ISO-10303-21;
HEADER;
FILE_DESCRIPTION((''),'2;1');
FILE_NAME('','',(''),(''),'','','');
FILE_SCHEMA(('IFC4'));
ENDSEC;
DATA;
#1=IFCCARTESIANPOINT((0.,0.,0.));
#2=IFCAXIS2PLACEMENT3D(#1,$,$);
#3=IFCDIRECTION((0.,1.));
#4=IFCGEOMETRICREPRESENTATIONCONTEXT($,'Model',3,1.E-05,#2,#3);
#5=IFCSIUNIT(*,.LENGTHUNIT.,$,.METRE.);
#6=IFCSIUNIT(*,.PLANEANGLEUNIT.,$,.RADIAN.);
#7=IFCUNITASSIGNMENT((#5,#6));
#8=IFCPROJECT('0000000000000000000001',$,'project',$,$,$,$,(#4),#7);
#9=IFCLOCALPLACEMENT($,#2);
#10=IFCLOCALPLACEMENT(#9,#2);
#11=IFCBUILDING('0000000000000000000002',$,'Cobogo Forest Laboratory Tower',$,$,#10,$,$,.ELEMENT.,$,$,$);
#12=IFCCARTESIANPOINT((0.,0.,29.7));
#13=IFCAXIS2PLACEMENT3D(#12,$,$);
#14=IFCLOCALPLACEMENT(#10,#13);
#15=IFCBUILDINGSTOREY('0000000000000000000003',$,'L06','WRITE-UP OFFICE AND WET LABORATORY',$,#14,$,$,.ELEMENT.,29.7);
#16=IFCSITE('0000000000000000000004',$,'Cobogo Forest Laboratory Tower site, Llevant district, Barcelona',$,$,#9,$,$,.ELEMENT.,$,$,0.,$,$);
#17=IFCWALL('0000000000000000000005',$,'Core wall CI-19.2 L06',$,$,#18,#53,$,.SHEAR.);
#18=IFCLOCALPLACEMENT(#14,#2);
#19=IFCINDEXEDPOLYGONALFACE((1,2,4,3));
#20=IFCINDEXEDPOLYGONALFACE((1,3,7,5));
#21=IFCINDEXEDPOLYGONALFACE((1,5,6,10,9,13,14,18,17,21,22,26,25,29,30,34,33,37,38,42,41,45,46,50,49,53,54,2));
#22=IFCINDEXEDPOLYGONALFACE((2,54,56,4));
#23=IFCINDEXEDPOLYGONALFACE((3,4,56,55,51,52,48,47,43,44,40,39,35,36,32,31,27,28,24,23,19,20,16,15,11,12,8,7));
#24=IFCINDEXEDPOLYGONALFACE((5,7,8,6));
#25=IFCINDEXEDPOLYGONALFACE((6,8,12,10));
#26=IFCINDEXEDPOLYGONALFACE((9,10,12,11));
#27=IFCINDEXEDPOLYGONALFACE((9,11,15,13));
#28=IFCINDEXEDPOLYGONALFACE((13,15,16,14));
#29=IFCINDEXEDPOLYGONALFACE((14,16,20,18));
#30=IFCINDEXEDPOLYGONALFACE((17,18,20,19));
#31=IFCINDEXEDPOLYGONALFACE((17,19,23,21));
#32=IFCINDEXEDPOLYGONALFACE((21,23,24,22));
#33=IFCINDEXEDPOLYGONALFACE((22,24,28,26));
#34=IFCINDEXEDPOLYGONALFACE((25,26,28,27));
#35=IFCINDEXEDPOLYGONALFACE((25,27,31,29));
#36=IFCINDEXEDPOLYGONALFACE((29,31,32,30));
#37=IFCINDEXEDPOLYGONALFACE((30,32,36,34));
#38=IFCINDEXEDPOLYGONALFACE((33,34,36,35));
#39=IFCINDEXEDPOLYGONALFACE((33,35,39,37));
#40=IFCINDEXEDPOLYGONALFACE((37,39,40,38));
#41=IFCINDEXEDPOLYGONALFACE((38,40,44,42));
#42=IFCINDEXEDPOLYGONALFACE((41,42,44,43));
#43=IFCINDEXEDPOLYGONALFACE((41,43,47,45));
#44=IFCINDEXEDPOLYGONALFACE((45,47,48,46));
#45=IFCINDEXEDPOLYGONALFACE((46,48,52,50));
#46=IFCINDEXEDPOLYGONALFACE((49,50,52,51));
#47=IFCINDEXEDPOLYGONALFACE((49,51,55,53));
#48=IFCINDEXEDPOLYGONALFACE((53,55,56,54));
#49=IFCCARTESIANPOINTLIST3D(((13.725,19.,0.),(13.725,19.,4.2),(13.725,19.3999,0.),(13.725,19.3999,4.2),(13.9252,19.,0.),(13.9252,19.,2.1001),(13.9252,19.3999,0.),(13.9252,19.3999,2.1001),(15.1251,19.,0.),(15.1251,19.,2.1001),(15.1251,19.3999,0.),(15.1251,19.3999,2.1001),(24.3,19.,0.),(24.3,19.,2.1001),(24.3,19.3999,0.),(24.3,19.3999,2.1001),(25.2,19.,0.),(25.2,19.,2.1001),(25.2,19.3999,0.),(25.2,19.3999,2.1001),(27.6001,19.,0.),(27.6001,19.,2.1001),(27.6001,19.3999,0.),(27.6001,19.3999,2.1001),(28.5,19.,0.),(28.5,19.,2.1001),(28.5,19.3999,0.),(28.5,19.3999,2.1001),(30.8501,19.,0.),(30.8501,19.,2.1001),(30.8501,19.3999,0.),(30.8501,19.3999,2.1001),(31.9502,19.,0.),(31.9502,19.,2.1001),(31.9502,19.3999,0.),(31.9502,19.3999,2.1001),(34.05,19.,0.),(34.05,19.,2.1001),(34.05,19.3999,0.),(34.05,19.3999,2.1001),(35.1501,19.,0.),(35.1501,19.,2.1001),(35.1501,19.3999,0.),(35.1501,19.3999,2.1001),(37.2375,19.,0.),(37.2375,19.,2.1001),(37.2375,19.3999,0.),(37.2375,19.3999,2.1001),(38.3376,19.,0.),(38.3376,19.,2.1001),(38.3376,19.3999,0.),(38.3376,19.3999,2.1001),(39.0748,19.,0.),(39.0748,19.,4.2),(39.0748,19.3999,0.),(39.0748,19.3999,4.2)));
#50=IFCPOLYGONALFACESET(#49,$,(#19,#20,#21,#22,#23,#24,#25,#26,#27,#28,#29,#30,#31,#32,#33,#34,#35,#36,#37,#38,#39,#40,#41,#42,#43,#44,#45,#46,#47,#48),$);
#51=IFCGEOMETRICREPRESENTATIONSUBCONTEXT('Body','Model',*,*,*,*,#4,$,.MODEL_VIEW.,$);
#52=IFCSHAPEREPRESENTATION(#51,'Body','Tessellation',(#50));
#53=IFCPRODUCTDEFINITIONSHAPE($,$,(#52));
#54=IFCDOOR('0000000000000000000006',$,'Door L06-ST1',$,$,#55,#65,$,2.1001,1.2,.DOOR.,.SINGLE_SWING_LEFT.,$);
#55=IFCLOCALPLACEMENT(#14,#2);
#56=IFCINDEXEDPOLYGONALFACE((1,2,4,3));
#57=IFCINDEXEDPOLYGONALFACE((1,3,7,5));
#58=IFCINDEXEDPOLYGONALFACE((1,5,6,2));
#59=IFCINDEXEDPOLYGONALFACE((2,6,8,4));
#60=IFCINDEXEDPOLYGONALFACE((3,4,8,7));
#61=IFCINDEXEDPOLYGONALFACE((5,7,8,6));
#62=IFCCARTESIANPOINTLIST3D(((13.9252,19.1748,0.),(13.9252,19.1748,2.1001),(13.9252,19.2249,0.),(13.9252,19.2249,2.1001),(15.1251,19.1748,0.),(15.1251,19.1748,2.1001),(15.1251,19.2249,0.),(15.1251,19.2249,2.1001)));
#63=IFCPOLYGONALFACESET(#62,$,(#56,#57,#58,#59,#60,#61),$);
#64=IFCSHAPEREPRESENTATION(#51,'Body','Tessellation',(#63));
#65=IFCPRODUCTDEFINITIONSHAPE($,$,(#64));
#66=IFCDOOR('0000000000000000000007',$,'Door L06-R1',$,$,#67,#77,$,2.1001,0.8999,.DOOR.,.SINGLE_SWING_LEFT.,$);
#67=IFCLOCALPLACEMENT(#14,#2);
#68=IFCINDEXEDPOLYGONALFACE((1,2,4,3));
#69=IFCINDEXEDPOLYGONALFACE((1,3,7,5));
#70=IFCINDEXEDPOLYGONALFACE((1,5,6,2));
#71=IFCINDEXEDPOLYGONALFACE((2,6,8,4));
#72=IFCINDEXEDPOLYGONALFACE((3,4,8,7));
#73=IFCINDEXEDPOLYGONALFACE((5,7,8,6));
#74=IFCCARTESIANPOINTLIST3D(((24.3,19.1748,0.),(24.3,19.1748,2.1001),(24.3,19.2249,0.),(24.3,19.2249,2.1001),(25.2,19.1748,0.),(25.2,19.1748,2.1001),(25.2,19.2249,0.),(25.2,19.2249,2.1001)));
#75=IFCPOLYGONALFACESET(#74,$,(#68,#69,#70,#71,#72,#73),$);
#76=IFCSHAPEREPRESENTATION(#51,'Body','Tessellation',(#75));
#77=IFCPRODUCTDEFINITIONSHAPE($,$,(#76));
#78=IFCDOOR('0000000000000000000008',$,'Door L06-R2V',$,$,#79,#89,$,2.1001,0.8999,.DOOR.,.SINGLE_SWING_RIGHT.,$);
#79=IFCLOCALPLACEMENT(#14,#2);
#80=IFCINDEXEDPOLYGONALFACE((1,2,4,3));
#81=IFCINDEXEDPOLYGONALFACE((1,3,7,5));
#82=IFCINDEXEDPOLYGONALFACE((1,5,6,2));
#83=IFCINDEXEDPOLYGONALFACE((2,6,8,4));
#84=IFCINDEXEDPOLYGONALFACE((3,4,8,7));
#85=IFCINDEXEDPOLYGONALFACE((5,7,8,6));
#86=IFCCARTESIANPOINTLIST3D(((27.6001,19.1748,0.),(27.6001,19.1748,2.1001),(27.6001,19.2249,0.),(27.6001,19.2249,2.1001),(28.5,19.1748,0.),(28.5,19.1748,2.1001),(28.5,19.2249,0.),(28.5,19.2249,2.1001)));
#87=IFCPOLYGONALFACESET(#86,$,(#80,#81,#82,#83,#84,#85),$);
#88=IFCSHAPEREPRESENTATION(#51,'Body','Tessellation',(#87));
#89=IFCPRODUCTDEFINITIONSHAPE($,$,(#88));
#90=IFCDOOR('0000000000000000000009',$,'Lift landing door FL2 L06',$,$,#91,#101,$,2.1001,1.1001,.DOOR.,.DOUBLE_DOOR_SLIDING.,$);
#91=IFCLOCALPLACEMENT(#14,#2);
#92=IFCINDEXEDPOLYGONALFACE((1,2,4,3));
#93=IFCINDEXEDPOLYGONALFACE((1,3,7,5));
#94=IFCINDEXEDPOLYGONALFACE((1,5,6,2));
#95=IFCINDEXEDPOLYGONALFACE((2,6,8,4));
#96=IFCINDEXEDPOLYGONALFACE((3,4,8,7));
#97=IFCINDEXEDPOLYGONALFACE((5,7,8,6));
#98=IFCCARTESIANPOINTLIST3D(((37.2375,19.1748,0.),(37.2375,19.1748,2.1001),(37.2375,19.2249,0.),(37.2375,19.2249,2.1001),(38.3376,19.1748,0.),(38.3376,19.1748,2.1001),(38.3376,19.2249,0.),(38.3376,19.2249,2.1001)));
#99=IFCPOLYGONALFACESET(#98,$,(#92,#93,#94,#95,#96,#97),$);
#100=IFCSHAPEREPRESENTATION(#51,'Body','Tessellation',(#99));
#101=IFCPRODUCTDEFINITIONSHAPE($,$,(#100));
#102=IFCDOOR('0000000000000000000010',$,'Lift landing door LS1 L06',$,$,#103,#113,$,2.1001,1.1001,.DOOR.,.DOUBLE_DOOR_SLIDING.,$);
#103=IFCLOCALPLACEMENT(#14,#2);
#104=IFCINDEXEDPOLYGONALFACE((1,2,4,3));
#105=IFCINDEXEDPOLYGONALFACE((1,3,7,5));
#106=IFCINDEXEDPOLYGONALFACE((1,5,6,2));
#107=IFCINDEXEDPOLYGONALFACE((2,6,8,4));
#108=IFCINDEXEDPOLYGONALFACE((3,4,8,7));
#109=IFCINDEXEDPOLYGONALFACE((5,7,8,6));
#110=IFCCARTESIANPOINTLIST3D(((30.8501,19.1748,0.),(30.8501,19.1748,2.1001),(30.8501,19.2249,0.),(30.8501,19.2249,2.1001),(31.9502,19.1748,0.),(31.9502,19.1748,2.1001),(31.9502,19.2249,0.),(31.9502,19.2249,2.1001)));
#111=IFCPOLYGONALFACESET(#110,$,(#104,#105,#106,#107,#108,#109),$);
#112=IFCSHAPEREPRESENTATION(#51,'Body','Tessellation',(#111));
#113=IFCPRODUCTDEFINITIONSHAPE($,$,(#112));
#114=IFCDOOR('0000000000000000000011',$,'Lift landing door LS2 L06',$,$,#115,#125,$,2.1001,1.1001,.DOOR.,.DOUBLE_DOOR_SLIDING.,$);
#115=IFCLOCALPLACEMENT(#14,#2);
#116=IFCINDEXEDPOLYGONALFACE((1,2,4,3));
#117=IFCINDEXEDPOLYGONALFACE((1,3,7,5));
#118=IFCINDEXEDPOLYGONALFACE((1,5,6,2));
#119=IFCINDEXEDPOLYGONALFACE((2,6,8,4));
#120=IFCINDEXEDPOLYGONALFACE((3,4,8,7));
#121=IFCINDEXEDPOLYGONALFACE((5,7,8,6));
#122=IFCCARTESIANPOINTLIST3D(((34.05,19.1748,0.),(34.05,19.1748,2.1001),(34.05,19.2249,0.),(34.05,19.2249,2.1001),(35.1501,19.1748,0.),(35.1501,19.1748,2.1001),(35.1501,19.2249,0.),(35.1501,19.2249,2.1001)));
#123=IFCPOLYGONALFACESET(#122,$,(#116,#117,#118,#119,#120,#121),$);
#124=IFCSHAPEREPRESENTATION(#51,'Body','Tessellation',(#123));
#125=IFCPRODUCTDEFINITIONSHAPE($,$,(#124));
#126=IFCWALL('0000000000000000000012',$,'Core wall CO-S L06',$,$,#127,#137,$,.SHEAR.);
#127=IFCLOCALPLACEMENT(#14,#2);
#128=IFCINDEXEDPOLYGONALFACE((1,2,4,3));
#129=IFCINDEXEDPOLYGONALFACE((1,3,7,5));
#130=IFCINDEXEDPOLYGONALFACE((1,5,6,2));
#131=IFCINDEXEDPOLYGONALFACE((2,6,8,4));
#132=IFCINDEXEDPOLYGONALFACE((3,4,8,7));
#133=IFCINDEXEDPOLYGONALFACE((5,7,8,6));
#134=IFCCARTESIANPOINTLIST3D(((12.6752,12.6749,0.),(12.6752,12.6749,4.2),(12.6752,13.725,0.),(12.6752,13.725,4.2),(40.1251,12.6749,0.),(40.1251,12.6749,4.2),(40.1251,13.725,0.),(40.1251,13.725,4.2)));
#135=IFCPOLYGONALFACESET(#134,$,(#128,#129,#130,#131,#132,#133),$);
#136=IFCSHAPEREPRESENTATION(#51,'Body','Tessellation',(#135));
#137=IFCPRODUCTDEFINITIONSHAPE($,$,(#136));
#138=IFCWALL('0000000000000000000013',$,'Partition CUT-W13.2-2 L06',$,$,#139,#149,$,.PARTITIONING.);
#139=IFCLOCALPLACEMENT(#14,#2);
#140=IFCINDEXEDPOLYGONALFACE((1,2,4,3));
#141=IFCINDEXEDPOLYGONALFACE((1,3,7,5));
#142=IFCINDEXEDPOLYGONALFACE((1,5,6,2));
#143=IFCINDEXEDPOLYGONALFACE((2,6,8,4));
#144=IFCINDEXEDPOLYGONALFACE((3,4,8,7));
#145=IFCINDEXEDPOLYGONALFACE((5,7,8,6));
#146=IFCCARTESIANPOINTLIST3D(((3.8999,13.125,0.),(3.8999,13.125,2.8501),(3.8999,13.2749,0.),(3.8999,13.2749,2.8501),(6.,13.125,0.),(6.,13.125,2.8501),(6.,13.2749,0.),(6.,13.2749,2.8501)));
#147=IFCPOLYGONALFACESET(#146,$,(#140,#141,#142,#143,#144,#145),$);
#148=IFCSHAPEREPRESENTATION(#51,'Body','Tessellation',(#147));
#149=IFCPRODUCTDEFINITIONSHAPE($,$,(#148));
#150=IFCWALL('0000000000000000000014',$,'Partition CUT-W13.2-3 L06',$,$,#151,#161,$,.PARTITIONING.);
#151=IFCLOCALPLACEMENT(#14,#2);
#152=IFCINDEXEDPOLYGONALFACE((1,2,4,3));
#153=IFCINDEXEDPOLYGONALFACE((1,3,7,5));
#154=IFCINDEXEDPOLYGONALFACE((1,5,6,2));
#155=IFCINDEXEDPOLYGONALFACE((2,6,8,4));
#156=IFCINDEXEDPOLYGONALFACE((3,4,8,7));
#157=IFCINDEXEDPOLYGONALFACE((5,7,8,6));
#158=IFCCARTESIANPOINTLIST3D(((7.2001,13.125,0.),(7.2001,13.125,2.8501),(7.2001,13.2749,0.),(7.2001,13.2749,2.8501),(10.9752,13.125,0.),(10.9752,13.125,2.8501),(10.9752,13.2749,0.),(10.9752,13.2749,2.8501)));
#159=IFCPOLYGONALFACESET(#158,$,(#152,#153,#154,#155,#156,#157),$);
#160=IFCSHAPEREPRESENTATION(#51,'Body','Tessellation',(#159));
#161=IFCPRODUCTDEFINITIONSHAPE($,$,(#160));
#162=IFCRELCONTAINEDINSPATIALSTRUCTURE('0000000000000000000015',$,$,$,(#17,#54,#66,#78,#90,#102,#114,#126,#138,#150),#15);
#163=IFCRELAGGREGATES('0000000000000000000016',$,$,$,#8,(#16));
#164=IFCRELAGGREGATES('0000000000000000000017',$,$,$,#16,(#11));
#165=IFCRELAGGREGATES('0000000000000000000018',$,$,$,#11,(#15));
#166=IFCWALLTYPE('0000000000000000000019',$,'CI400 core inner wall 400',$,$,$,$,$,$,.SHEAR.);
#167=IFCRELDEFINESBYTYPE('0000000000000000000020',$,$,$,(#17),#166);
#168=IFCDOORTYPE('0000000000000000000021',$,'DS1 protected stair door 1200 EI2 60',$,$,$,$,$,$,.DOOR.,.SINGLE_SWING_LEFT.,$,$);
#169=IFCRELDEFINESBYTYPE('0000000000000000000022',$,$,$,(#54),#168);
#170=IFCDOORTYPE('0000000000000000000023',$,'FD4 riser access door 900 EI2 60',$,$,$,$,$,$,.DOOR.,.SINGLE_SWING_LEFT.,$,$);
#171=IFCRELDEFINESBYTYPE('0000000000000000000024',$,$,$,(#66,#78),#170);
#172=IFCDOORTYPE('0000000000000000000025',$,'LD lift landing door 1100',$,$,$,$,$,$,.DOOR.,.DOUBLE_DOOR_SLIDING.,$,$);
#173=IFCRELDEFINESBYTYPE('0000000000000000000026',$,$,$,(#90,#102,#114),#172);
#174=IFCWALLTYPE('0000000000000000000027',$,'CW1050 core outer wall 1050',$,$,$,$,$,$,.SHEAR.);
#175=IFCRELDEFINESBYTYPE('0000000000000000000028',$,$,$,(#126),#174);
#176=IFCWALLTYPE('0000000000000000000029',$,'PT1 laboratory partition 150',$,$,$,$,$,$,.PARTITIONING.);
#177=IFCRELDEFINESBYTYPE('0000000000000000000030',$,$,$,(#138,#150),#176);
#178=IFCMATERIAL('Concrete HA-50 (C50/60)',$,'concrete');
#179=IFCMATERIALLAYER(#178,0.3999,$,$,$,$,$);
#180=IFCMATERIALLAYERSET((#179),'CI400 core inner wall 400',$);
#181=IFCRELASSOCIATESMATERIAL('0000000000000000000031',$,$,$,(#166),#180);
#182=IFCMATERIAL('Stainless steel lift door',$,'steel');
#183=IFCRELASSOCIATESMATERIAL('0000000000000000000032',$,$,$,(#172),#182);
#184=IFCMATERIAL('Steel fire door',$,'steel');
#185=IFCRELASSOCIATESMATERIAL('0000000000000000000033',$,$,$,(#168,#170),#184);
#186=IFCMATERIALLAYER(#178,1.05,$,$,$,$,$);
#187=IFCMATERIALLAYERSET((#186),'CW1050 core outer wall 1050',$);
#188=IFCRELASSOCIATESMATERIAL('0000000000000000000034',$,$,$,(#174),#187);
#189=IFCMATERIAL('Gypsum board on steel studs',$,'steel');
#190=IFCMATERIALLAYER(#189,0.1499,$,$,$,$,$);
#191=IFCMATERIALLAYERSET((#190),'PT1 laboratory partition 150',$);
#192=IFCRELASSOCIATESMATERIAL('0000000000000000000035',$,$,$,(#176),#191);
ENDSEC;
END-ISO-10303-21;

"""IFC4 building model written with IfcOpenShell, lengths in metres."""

from ifc_helpers import new_model, si_unit, direction, frame, frame_2d, origin, place, context, subcontext, project, spatial, rectangle, extrude, material, layer, layer_set, type_object, element, fill, save


model = new_model("IFC4")

# Units and contexts
model_context = context("Model", 3, precision=1e-05, world=origin(), true_north=direction((0.0, 1.0)))
body_context = subcontext(model_context, "Body", "Model", "MODEL_VIEW")
ifc_project = project(units=[si_unit("LENGTHUNIT", "METRE"), si_unit("PLANEANGLEUNIT", "RADIAN")], contexts=[model_context])

# Site, building, storey
site_placement = place(None, origin())
site = spatial("IfcSite", under=ifc_project, at=site_placement, Name="Cobogo Forest Laboratory Tower site, Llevant district, Barcelona", CompositionType="ELEMENT", RefElevation=0.0)
building_placement = place(site_placement, origin())
building = spatial("IfcBuilding", under=site, at=building_placement, Name="Cobogo Forest Laboratory Tower", CompositionType="ELEMENT")
storey_placement = place(building_placement, frame((0.0, 0.0, 29.7)))
storey = spatial("IfcBuildingStorey", under=building, at=storey_placement, Name="L06", Description="WRITE-UP OFFICE AND WET LABORATORY", CompositionType="ELEMENT", Elevation=29.7)

# Shared definitions
ifc_material_1 = material(Name="Concrete HA-50 (C50/60)", Category="concrete")

# Wall, openings, doors
ifc_layer_1 = layer(ifc_material_1, 0.3999)
ifc_layer_set_1 = layer_set([ifc_layer_1], Name="CI400 core inner wall 400")
wall_type_1 = type_object("IfcWallType", Name="CI400 core inner wall 400", PredefinedType="SHEAR", material=ifc_layer_set_1)
ifc_material_2 = material(Name="Stainless steel lift door", Category="steel")
door_type_1 = type_object("IfcDoorType", Name="LD lift landing door 1100", OperationType="DOUBLE_DOOR_SLIDING", PredefinedType="DOOR", material=ifc_material_2)
wall_1_placement = place(storey_placement, frame((13.7251, 19.2, 0.0), z_axis=(0.0, 0.0, 1.0), x_axis=(1.0, 0.0, 0.0)))
wall_1 = element("IfcWall", 1, at=wall_1_placement, inside=storey, type_object=wall_type_1, Name="Core wall CI-19.2 L06", PredefinedType="SHEAR", context=body_context, shape_type="SweptSolid", body=[
    extrude(rectangle(XDim=25.3499, YDim=0.3999, at=frame_2d((12.6748, 0.0))), origin(), (0.0, 0.0, 1.0), 4.2),
])
opening_1_placement = place(wall_1_placement, frame((10.575, 0.0, 0.0)))
opening_1 = element("IfcOpeningElement", 2, at=opening_1_placement, cuts=wall_1, PredefinedType="OPENING", context=body_context, shape_type="SweptSolid", body=[
    extrude(rectangle(XDim=0.8999, YDim=2.1001, at=frame_2d((0.45, 1.05))), frame((0.0, 0.21, 0.0), z_axis=(0.0, -1.0, 0.0), x_axis=(1.0, 0.0, 0.0)), (0.0, 0.0, 1.0), 0.4199),
])
opening_2_placement = place(wall_1_placement, frame((13.875, 0.0, 0.0)))
opening_2 = element("IfcOpeningElement", 3, at=opening_2_placement, cuts=wall_1, PredefinedType="OPENING", context=body_context, shape_type="SweptSolid", body=[
    extrude(rectangle(XDim=0.8999, YDim=2.1001, at=frame_2d((0.45, 1.05))), frame((0.0, 0.21, 0.0), z_axis=(0.0, -1.0, 0.0), x_axis=(1.0, 0.0, 0.0)), (0.0, 0.0, 1.0), 0.4199),
])
opening_3_placement = place(wall_1_placement, frame((0.2, 0.0, 0.0)))
opening_3 = element("IfcOpeningElement", 4, at=opening_3_placement, cuts=wall_1, PredefinedType="OPENING", context=body_context, shape_type="SweptSolid", body=[
    extrude(rectangle(XDim=1.2, YDim=2.1001, at=frame_2d((0.6001, 1.05))), frame((0.0, 0.21, 0.0), z_axis=(0.0, -1.0, 0.0), x_axis=(1.0, 0.0, 0.0)), (0.0, 0.0, 1.0), 0.4199),
])
opening_4_placement = place(wall_1_placement, frame((23.5125, 0.0, 0.0)))
opening_4 = element("IfcOpeningElement", 5, at=opening_4_placement, cuts=wall_1, PredefinedType="OPENING", context=body_context, shape_type="SweptSolid", body=[
    extrude(rectangle(XDim=1.1001, YDim=2.1001, at=frame_2d((0.55, 1.05))), frame((0.0, 0.21, 0.0), z_axis=(0.0, -1.0, 0.0), x_axis=(1.0, 0.0, 0.0)), (0.0, 0.0, 1.0), 0.4199),
])
opening_5_placement = place(wall_1_placement, frame((17.125, 0.0, 0.0)))
opening_5 = element("IfcOpeningElement", 6, at=opening_5_placement, cuts=wall_1, PredefinedType="OPENING", context=body_context, shape_type="SweptSolid", body=[
    extrude(rectangle(XDim=1.1001, YDim=2.1001, at=frame_2d((0.55, 1.05))), frame((0.0, 0.21, 0.0), z_axis=(0.0, -1.0, 0.0), x_axis=(1.0, 0.0, 0.0)), (0.0, 0.0, 1.0), 0.4199),
])
opening_6_placement = place(wall_1_placement, frame((20.325, 0.0, 0.0)))
opening_6 = element("IfcOpeningElement", 7, at=opening_6_placement, cuts=wall_1, PredefinedType="OPENING", context=body_context, shape_type="SweptSolid", body=[
    extrude(rectangle(XDim=1.1001, YDim=2.1001, at=frame_2d((0.55, 1.05))), frame((0.0, 0.21, 0.0), z_axis=(0.0, -1.0, 0.0), x_axis=(1.0, 0.0, 0.0)), (0.0, 0.0, 1.0), 0.4199),
])
ifc_material_3 = material(Name="Steel fire door", Category="steel")
door_type_2 = type_object("IfcDoorType", Name="DS1 protected stair door 1200 EI2 60", OperationType="SINGLE_SWING_LEFT", PredefinedType="DOOR", material=ifc_material_3)
door_1_placement = place(opening_3_placement, origin())
door_1 = element("IfcDoor", 8, at=door_1_placement, inside=storey, type_object=door_type_2, Name="Door L06-ST1", OperationType="SINGLE_SWING_LEFT", OverallHeight=2.1001, OverallWidth=1.2, PredefinedType="DOOR", context=body_context, shape_type="SweptSolid", body=[
    extrude(rectangle(XDim=1.2, YDim=2.1001, at=frame_2d((0.6001, 1.05))), frame((0.0, 0.0249, 0.0), z_axis=(0.0, -1.0, 0.0), x_axis=(1.0, 0.0, 0.0)), (0.0, 0.0, 1.0), 0.05),
])
fill(opening_3, door_1)
door_type_3 = type_object("IfcDoorType", Name="FD4 riser access door 900 EI2 60", OperationType="SINGLE_SWING_LEFT", PredefinedType="DOOR", material=ifc_material_3)
door_2_placement = place(opening_1_placement, origin())
door_2 = element("IfcDoor", 9, at=door_2_placement, inside=storey, type_object=door_type_3, Name="Door L06-R1", OperationType="SINGLE_SWING_LEFT", OverallHeight=2.1001, OverallWidth=0.8999, PredefinedType="DOOR", context=body_context, shape_type="SweptSolid", body=[
    extrude(rectangle(XDim=0.8999, YDim=2.1001, at=frame_2d((0.45, 1.05))), frame((0.0, 0.0249, 0.0), z_axis=(0.0, -1.0, 0.0), x_axis=(1.0, 0.0, 0.0)), (0.0, 0.0, 1.0), 0.05),
])
fill(opening_1, door_2)
door_3_placement = place(opening_2_placement, origin())
door_3 = element("IfcDoor", 10, at=door_3_placement, inside=storey, type_object=door_type_3, Name="Door L06-R2V", OperationType="SINGLE_SWING_RIGHT", OverallHeight=2.1001, OverallWidth=0.8999, PredefinedType="DOOR", context=body_context, shape_type="SweptSolid", body=[
    extrude(rectangle(XDim=0.8999, YDim=2.1001, at=frame_2d((0.45, 1.05))), frame((0.0, 0.0249, 0.0), z_axis=(0.0, -1.0, 0.0), x_axis=(1.0, 0.0, 0.0)), (0.0, 0.0, 1.0), 0.05),
])
fill(opening_2, door_3)
door_4_placement = place(opening_4_placement, origin())
door_4 = element("IfcDoor", 11, at=door_4_placement, inside=storey, type_object=door_type_1, Name="Lift landing door FL2 L06", OperationType="DOUBLE_DOOR_SLIDING", OverallHeight=2.1001, OverallWidth=1.1001, PredefinedType="DOOR", context=body_context, shape_type="SweptSolid", body=[
    extrude(rectangle(XDim=1.1001, YDim=2.1001, at=frame_2d((0.55, 1.05))), frame((0.0, 0.0249, 0.0), z_axis=(0.0, -1.0, 0.0), x_axis=(1.0, 0.0, 0.0)), (0.0, 0.0, 1.0), 0.05),
])
fill(opening_4, door_4)
door_5_placement = place(opening_5_placement, origin())
door_5 = element("IfcDoor", 12, at=door_5_placement, inside=storey, type_object=door_type_1, Name="Lift landing door LS1 L06", OperationType="DOUBLE_DOOR_SLIDING", OverallHeight=2.1001, OverallWidth=1.1001, PredefinedType="DOOR", context=body_context, shape_type="SweptSolid", body=[
    extrude(rectangle(XDim=1.1001, YDim=2.1001, at=frame_2d((0.55, 1.05))), frame((0.0, 0.0249, 0.0), z_axis=(0.0, -1.0, 0.0), x_axis=(1.0, 0.0, 0.0)), (0.0, 0.0, 1.0), 0.05),
])
fill(opening_5, door_5)
door_6_placement = place(opening_6_placement, origin())
door_6 = element("IfcDoor", 13, at=door_6_placement, inside=storey, type_object=door_type_1, Name="Lift landing door LS2 L06", OperationType="DOUBLE_DOOR_SLIDING", OverallHeight=2.1001, OverallWidth=1.1001, PredefinedType="DOOR", context=body_context, shape_type="SweptSolid", body=[
    extrude(rectangle(XDim=1.1001, YDim=2.1001, at=frame_2d((0.55, 1.05))), frame((0.0, 0.0249, 0.0), z_axis=(0.0, -1.0, 0.0), x_axis=(1.0, 0.0, 0.0)), (0.0, 0.0, 1.0), 0.05),
])
fill(opening_6, door_6)

# Walls
ifc_layer_2 = layer(ifc_material_1, 1.05)
ifc_layer_set_2 = layer_set([ifc_layer_2], Name="CW1050 core outer wall 1050")
wall_type_2 = type_object("IfcWallType", Name="CW1050 core outer wall 1050", PredefinedType="SHEAR", material=ifc_layer_set_2)
wall_2_placement = place(storey_placement, frame((12.675, 13.2, 0.0), z_axis=(0.0, 0.0, 1.0), x_axis=(1.0, 0.0, 0.0)))
element("IfcWall", 14, at=wall_2_placement, inside=storey, type_object=wall_type_2, Name="Core wall CO-S L06", PredefinedType="SHEAR", context=body_context, shape_type="SweptSolid", body=[
    extrude(rectangle(XDim=27.45, YDim=1.05, at=frame_2d((13.7251, 0.0))), origin(), (0.0, 0.0, 1.0), 4.2),
])
ifc_material_4 = material(Name="Gypsum board on steel studs", Category="steel")
ifc_layer_3 = layer(ifc_material_4, 0.1499)
ifc_layer_set_3 = layer_set([ifc_layer_3], Name="PT1 laboratory partition 150")
wall_type_3 = type_object("IfcWallType", Name="PT1 laboratory partition 150", PredefinedType="PARTITIONING", material=ifc_layer_set_3)
wall_3_placement = place(storey_placement, frame((3.8999, 13.2, 0.0), z_axis=(0.0, 0.0, 1.0), x_axis=(1.0, 0.0, 0.0)))
element("IfcWall", 15, at=wall_3_placement, inside=storey, type_object=wall_type_3, Name="Partition CUT-W13.2-2 L06", PredefinedType="PARTITIONING", context=body_context, shape_type="SweptSolid", body=[
    extrude(rectangle(XDim=2.1001, YDim=0.1499, at=frame_2d((1.05, 0.0))), origin(), (0.0, 0.0, 1.0), 2.8501),
])
wall_4_placement = place(storey_placement, frame((7.2, 13.2, 0.0), z_axis=(0.0, 0.0, 1.0), x_axis=(1.0, 0.0, 0.0)))
element("IfcWall", 16, at=wall_4_placement, inside=storey, type_object=wall_type_3, Name="Partition CUT-W13.2-3 L06", PredefinedType="PARTITIONING", context=body_context, shape_type="SweptSolid", body=[
    extrude(rectangle(XDim=3.7751, YDim=0.1499, at=frame_2d((1.8877, 0.0))), origin(), (0.0, 0.0, 1.0), 2.8501),
])

save(model, "model.ifc")
